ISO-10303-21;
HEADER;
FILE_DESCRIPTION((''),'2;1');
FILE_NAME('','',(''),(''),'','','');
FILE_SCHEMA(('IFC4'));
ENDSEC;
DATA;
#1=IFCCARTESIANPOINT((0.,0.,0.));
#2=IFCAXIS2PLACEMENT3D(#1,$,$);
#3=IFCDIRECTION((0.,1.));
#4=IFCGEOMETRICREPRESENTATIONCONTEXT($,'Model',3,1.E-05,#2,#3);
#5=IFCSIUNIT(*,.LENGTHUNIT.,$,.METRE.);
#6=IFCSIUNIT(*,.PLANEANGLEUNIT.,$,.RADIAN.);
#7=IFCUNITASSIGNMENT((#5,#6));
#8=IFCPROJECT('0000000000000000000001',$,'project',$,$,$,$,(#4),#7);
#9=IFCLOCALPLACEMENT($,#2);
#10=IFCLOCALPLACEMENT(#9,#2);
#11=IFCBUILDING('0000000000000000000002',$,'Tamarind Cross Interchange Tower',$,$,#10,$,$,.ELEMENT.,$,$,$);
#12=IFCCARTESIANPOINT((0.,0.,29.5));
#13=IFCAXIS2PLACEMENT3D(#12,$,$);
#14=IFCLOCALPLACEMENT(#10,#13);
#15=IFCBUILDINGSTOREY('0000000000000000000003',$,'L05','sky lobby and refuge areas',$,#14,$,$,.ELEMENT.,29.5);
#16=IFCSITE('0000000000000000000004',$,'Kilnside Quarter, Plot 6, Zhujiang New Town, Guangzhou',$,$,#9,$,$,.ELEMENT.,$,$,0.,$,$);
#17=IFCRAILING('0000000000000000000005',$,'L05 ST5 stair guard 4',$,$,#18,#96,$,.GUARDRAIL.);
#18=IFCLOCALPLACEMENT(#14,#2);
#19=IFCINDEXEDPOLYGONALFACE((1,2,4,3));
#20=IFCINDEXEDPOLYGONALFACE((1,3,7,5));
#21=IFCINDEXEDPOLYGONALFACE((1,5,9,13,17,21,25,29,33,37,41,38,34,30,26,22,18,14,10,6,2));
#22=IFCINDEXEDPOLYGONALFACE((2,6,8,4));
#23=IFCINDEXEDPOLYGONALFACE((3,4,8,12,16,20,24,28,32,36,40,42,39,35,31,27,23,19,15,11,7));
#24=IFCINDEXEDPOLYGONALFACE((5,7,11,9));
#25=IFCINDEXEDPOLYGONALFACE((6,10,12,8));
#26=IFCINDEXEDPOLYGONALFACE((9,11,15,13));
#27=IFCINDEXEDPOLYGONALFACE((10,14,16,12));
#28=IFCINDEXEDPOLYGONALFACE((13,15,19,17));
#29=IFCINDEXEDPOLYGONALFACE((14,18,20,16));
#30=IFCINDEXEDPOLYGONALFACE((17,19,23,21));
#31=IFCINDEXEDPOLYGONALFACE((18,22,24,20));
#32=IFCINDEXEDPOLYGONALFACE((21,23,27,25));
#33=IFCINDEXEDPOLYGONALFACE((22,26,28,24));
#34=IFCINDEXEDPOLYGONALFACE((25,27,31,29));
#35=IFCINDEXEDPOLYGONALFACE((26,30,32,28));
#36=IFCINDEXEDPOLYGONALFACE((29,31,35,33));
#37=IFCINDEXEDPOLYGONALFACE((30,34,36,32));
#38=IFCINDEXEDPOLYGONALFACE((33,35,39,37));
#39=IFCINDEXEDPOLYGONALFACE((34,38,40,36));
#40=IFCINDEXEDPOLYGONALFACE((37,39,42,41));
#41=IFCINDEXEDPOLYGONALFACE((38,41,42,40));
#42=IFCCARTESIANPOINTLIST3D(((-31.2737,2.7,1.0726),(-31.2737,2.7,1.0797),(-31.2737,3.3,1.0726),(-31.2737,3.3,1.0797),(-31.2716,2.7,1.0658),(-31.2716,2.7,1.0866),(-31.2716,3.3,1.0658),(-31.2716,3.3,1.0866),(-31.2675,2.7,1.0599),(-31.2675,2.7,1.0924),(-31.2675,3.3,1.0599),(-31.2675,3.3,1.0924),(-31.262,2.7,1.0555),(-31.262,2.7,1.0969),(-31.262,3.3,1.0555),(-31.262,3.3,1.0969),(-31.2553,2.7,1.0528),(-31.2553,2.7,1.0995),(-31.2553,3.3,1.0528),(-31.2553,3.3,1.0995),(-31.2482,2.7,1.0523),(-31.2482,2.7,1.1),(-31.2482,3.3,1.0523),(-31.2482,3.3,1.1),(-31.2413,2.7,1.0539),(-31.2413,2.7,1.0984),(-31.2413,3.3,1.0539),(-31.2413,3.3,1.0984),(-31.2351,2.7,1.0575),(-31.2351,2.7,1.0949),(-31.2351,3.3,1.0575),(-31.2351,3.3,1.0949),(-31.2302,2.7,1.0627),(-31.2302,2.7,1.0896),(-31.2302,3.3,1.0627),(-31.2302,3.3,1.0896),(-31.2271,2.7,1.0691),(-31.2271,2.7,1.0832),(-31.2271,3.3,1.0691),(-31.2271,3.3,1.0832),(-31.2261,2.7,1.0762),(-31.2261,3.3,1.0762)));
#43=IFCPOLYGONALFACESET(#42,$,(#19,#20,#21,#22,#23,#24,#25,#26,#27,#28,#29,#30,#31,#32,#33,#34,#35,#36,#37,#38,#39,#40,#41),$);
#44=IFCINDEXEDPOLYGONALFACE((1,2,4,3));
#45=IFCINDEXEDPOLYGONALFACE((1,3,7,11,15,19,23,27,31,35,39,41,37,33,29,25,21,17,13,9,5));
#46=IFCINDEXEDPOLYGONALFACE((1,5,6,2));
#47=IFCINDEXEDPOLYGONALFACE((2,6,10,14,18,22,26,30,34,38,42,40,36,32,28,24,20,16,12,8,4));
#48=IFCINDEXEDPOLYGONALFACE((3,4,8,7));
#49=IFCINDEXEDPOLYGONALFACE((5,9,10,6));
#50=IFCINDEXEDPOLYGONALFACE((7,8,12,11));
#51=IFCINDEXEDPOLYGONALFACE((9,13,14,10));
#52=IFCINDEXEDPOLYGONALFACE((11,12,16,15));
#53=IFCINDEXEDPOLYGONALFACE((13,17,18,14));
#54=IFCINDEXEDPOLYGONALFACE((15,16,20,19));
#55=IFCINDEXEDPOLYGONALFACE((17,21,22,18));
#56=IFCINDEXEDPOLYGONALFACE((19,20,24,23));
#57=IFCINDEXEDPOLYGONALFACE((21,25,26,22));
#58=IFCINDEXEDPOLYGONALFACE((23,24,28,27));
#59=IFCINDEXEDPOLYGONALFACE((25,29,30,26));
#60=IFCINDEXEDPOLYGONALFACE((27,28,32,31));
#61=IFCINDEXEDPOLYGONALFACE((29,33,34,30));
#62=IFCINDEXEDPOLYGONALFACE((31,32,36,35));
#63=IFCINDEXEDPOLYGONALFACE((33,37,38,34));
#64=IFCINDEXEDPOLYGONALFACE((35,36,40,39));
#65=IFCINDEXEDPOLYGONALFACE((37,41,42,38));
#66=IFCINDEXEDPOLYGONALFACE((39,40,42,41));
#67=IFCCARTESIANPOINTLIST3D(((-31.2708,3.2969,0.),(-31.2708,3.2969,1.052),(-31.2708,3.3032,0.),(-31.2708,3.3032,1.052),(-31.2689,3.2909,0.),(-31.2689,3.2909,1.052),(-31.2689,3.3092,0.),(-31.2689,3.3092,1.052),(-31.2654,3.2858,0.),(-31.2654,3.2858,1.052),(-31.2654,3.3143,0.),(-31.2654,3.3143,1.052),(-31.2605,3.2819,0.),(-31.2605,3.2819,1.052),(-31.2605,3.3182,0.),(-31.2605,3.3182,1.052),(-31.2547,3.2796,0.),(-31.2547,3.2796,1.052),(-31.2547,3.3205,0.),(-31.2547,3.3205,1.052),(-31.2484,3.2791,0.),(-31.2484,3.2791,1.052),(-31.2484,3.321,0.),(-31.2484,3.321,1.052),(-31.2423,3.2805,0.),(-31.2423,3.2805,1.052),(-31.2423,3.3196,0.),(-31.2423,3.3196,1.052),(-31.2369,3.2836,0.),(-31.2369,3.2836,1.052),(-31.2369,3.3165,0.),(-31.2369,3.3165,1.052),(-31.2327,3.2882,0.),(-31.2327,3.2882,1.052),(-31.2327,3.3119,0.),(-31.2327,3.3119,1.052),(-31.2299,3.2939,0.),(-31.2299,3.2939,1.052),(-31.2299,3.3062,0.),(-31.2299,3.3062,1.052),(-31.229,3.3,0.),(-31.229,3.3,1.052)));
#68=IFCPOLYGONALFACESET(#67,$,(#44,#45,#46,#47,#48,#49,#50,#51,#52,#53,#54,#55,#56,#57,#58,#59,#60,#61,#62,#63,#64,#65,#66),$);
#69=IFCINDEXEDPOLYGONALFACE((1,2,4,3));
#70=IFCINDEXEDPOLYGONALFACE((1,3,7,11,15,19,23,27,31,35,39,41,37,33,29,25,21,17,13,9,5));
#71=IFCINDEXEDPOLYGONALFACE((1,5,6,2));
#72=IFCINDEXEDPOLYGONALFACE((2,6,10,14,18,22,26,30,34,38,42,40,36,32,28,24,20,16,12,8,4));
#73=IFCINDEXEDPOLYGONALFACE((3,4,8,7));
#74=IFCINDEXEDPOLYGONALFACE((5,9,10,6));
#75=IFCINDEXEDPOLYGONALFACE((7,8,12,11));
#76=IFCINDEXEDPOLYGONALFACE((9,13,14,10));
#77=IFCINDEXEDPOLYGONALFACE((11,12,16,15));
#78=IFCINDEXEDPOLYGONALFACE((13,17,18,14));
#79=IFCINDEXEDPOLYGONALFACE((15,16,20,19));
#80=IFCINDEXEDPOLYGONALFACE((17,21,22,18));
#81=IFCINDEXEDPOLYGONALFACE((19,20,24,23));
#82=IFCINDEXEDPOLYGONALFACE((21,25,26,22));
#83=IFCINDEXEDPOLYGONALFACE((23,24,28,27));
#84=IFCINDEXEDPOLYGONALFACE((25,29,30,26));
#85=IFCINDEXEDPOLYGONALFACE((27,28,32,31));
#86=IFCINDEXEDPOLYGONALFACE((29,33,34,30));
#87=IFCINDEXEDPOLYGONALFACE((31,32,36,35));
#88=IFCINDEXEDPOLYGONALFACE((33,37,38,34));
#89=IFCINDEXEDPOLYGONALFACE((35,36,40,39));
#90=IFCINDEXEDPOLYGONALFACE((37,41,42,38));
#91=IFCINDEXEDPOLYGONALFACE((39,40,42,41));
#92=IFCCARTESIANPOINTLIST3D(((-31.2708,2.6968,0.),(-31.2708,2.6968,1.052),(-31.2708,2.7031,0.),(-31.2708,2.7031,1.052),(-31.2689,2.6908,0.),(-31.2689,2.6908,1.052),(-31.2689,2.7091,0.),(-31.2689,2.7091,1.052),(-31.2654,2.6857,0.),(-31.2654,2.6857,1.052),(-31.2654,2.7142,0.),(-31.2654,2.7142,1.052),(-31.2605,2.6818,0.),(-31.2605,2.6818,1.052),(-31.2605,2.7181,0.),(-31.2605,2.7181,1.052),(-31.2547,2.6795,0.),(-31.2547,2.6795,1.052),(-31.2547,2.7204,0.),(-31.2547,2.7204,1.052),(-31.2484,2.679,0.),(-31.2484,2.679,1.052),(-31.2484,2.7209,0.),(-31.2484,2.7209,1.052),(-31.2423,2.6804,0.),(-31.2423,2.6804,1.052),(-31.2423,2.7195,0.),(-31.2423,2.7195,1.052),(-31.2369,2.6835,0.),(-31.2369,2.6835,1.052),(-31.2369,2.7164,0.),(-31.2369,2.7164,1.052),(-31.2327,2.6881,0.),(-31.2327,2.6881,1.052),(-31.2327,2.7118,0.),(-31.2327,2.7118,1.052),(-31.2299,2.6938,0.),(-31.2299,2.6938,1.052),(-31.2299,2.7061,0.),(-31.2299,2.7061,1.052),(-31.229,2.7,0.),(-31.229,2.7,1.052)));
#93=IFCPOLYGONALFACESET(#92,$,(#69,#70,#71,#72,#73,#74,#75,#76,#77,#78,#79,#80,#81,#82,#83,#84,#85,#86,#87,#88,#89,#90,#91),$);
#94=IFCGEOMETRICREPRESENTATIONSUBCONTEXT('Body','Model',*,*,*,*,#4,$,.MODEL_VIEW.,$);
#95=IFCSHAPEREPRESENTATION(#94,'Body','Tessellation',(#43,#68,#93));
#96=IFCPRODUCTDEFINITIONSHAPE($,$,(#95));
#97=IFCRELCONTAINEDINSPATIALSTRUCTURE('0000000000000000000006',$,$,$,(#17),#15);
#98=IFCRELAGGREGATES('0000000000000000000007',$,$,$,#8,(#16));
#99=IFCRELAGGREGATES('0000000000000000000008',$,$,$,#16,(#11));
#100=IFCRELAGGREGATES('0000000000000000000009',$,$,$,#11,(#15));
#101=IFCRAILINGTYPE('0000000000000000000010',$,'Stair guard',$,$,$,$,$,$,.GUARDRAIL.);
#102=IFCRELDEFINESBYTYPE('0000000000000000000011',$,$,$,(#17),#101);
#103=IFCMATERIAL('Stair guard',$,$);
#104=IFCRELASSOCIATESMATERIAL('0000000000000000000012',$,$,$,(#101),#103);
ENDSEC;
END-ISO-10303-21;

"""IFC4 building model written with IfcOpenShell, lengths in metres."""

from ifc_helpers import new_model, si_unit, direction, frame, origin, origin_2d, place, context, subcontext, project, spatial, circle, extrude, material, type_object, element, save


model = new_model("IFC4")

# Units and contexts
model_context = context("Model", 3, precision=1e-05, world=origin(), true_north=direction((0.0, 1.0)))
body_context = subcontext(model_context, "Body", "Model", "MODEL_VIEW")
ifc_project = project(units=[si_unit("LENGTHUNIT", "METRE"), si_unit("PLANEANGLEUNIT", "RADIAN")], contexts=[model_context])

# Site, building, storey
site_placement = place(None, origin())
site = spatial("IfcSite", under=ifc_project, at=site_placement, Name="Kilnside Quarter, Plot 6, Zhujiang New Town, Guangzhou", CompositionType="ELEMENT", RefElevation=0.0)
building_placement = place(site_placement, origin())
building = spatial("IfcBuilding", under=site, at=building_placement, Name="Tamarind Cross Interchange Tower", CompositionType="ELEMENT")
storey_placement = place(building_placement, frame((0.0, 0.0, 29.5)))
storey = spatial("IfcBuildingStorey", under=building, at=storey_placement, Name="L05", Description="sky lobby and refuge areas", CompositionType="ELEMENT", Elevation=29.5)

# Railing
ifc_material_1 = material(Name="Stair guard")
railing_type_1 = type_object("IfcRailingType", Name="Stair guard", PredefinedType="GUARDRAIL", material=ifc_material_1)
railing_1_placement = place(storey_placement, frame((-31.25, 3.3, 0.0)))
element("IfcRailing", 1, at=railing_1_placement, inside=storey, type_object=railing_type_1, Name="L05 ST5 stair guard 4", PredefinedType="GUARDRAIL", context=body_context, shape_type="SweptSolid", body=[
    extrude(circle(Radius=0.0239, at=origin_2d()), frame((0.0, 0.0, 1.0762), z_axis=(0.0, -1.0, 0.0), x_axis=(1.0, 0.0, 0.0)), (0.0, 0.0, 1.0), 0.6001),
    extrude(circle(Radius=0.021, at=origin_2d()), origin(), (0.0, 0.0, 1.0), 1.052),
    extrude(circle(Radius=0.021, at=origin_2d()), frame((0.0, -0.6001, 0.0)), (0.0, 0.0, 1.0), 1.052),
])

save(model, "model.ifc")
